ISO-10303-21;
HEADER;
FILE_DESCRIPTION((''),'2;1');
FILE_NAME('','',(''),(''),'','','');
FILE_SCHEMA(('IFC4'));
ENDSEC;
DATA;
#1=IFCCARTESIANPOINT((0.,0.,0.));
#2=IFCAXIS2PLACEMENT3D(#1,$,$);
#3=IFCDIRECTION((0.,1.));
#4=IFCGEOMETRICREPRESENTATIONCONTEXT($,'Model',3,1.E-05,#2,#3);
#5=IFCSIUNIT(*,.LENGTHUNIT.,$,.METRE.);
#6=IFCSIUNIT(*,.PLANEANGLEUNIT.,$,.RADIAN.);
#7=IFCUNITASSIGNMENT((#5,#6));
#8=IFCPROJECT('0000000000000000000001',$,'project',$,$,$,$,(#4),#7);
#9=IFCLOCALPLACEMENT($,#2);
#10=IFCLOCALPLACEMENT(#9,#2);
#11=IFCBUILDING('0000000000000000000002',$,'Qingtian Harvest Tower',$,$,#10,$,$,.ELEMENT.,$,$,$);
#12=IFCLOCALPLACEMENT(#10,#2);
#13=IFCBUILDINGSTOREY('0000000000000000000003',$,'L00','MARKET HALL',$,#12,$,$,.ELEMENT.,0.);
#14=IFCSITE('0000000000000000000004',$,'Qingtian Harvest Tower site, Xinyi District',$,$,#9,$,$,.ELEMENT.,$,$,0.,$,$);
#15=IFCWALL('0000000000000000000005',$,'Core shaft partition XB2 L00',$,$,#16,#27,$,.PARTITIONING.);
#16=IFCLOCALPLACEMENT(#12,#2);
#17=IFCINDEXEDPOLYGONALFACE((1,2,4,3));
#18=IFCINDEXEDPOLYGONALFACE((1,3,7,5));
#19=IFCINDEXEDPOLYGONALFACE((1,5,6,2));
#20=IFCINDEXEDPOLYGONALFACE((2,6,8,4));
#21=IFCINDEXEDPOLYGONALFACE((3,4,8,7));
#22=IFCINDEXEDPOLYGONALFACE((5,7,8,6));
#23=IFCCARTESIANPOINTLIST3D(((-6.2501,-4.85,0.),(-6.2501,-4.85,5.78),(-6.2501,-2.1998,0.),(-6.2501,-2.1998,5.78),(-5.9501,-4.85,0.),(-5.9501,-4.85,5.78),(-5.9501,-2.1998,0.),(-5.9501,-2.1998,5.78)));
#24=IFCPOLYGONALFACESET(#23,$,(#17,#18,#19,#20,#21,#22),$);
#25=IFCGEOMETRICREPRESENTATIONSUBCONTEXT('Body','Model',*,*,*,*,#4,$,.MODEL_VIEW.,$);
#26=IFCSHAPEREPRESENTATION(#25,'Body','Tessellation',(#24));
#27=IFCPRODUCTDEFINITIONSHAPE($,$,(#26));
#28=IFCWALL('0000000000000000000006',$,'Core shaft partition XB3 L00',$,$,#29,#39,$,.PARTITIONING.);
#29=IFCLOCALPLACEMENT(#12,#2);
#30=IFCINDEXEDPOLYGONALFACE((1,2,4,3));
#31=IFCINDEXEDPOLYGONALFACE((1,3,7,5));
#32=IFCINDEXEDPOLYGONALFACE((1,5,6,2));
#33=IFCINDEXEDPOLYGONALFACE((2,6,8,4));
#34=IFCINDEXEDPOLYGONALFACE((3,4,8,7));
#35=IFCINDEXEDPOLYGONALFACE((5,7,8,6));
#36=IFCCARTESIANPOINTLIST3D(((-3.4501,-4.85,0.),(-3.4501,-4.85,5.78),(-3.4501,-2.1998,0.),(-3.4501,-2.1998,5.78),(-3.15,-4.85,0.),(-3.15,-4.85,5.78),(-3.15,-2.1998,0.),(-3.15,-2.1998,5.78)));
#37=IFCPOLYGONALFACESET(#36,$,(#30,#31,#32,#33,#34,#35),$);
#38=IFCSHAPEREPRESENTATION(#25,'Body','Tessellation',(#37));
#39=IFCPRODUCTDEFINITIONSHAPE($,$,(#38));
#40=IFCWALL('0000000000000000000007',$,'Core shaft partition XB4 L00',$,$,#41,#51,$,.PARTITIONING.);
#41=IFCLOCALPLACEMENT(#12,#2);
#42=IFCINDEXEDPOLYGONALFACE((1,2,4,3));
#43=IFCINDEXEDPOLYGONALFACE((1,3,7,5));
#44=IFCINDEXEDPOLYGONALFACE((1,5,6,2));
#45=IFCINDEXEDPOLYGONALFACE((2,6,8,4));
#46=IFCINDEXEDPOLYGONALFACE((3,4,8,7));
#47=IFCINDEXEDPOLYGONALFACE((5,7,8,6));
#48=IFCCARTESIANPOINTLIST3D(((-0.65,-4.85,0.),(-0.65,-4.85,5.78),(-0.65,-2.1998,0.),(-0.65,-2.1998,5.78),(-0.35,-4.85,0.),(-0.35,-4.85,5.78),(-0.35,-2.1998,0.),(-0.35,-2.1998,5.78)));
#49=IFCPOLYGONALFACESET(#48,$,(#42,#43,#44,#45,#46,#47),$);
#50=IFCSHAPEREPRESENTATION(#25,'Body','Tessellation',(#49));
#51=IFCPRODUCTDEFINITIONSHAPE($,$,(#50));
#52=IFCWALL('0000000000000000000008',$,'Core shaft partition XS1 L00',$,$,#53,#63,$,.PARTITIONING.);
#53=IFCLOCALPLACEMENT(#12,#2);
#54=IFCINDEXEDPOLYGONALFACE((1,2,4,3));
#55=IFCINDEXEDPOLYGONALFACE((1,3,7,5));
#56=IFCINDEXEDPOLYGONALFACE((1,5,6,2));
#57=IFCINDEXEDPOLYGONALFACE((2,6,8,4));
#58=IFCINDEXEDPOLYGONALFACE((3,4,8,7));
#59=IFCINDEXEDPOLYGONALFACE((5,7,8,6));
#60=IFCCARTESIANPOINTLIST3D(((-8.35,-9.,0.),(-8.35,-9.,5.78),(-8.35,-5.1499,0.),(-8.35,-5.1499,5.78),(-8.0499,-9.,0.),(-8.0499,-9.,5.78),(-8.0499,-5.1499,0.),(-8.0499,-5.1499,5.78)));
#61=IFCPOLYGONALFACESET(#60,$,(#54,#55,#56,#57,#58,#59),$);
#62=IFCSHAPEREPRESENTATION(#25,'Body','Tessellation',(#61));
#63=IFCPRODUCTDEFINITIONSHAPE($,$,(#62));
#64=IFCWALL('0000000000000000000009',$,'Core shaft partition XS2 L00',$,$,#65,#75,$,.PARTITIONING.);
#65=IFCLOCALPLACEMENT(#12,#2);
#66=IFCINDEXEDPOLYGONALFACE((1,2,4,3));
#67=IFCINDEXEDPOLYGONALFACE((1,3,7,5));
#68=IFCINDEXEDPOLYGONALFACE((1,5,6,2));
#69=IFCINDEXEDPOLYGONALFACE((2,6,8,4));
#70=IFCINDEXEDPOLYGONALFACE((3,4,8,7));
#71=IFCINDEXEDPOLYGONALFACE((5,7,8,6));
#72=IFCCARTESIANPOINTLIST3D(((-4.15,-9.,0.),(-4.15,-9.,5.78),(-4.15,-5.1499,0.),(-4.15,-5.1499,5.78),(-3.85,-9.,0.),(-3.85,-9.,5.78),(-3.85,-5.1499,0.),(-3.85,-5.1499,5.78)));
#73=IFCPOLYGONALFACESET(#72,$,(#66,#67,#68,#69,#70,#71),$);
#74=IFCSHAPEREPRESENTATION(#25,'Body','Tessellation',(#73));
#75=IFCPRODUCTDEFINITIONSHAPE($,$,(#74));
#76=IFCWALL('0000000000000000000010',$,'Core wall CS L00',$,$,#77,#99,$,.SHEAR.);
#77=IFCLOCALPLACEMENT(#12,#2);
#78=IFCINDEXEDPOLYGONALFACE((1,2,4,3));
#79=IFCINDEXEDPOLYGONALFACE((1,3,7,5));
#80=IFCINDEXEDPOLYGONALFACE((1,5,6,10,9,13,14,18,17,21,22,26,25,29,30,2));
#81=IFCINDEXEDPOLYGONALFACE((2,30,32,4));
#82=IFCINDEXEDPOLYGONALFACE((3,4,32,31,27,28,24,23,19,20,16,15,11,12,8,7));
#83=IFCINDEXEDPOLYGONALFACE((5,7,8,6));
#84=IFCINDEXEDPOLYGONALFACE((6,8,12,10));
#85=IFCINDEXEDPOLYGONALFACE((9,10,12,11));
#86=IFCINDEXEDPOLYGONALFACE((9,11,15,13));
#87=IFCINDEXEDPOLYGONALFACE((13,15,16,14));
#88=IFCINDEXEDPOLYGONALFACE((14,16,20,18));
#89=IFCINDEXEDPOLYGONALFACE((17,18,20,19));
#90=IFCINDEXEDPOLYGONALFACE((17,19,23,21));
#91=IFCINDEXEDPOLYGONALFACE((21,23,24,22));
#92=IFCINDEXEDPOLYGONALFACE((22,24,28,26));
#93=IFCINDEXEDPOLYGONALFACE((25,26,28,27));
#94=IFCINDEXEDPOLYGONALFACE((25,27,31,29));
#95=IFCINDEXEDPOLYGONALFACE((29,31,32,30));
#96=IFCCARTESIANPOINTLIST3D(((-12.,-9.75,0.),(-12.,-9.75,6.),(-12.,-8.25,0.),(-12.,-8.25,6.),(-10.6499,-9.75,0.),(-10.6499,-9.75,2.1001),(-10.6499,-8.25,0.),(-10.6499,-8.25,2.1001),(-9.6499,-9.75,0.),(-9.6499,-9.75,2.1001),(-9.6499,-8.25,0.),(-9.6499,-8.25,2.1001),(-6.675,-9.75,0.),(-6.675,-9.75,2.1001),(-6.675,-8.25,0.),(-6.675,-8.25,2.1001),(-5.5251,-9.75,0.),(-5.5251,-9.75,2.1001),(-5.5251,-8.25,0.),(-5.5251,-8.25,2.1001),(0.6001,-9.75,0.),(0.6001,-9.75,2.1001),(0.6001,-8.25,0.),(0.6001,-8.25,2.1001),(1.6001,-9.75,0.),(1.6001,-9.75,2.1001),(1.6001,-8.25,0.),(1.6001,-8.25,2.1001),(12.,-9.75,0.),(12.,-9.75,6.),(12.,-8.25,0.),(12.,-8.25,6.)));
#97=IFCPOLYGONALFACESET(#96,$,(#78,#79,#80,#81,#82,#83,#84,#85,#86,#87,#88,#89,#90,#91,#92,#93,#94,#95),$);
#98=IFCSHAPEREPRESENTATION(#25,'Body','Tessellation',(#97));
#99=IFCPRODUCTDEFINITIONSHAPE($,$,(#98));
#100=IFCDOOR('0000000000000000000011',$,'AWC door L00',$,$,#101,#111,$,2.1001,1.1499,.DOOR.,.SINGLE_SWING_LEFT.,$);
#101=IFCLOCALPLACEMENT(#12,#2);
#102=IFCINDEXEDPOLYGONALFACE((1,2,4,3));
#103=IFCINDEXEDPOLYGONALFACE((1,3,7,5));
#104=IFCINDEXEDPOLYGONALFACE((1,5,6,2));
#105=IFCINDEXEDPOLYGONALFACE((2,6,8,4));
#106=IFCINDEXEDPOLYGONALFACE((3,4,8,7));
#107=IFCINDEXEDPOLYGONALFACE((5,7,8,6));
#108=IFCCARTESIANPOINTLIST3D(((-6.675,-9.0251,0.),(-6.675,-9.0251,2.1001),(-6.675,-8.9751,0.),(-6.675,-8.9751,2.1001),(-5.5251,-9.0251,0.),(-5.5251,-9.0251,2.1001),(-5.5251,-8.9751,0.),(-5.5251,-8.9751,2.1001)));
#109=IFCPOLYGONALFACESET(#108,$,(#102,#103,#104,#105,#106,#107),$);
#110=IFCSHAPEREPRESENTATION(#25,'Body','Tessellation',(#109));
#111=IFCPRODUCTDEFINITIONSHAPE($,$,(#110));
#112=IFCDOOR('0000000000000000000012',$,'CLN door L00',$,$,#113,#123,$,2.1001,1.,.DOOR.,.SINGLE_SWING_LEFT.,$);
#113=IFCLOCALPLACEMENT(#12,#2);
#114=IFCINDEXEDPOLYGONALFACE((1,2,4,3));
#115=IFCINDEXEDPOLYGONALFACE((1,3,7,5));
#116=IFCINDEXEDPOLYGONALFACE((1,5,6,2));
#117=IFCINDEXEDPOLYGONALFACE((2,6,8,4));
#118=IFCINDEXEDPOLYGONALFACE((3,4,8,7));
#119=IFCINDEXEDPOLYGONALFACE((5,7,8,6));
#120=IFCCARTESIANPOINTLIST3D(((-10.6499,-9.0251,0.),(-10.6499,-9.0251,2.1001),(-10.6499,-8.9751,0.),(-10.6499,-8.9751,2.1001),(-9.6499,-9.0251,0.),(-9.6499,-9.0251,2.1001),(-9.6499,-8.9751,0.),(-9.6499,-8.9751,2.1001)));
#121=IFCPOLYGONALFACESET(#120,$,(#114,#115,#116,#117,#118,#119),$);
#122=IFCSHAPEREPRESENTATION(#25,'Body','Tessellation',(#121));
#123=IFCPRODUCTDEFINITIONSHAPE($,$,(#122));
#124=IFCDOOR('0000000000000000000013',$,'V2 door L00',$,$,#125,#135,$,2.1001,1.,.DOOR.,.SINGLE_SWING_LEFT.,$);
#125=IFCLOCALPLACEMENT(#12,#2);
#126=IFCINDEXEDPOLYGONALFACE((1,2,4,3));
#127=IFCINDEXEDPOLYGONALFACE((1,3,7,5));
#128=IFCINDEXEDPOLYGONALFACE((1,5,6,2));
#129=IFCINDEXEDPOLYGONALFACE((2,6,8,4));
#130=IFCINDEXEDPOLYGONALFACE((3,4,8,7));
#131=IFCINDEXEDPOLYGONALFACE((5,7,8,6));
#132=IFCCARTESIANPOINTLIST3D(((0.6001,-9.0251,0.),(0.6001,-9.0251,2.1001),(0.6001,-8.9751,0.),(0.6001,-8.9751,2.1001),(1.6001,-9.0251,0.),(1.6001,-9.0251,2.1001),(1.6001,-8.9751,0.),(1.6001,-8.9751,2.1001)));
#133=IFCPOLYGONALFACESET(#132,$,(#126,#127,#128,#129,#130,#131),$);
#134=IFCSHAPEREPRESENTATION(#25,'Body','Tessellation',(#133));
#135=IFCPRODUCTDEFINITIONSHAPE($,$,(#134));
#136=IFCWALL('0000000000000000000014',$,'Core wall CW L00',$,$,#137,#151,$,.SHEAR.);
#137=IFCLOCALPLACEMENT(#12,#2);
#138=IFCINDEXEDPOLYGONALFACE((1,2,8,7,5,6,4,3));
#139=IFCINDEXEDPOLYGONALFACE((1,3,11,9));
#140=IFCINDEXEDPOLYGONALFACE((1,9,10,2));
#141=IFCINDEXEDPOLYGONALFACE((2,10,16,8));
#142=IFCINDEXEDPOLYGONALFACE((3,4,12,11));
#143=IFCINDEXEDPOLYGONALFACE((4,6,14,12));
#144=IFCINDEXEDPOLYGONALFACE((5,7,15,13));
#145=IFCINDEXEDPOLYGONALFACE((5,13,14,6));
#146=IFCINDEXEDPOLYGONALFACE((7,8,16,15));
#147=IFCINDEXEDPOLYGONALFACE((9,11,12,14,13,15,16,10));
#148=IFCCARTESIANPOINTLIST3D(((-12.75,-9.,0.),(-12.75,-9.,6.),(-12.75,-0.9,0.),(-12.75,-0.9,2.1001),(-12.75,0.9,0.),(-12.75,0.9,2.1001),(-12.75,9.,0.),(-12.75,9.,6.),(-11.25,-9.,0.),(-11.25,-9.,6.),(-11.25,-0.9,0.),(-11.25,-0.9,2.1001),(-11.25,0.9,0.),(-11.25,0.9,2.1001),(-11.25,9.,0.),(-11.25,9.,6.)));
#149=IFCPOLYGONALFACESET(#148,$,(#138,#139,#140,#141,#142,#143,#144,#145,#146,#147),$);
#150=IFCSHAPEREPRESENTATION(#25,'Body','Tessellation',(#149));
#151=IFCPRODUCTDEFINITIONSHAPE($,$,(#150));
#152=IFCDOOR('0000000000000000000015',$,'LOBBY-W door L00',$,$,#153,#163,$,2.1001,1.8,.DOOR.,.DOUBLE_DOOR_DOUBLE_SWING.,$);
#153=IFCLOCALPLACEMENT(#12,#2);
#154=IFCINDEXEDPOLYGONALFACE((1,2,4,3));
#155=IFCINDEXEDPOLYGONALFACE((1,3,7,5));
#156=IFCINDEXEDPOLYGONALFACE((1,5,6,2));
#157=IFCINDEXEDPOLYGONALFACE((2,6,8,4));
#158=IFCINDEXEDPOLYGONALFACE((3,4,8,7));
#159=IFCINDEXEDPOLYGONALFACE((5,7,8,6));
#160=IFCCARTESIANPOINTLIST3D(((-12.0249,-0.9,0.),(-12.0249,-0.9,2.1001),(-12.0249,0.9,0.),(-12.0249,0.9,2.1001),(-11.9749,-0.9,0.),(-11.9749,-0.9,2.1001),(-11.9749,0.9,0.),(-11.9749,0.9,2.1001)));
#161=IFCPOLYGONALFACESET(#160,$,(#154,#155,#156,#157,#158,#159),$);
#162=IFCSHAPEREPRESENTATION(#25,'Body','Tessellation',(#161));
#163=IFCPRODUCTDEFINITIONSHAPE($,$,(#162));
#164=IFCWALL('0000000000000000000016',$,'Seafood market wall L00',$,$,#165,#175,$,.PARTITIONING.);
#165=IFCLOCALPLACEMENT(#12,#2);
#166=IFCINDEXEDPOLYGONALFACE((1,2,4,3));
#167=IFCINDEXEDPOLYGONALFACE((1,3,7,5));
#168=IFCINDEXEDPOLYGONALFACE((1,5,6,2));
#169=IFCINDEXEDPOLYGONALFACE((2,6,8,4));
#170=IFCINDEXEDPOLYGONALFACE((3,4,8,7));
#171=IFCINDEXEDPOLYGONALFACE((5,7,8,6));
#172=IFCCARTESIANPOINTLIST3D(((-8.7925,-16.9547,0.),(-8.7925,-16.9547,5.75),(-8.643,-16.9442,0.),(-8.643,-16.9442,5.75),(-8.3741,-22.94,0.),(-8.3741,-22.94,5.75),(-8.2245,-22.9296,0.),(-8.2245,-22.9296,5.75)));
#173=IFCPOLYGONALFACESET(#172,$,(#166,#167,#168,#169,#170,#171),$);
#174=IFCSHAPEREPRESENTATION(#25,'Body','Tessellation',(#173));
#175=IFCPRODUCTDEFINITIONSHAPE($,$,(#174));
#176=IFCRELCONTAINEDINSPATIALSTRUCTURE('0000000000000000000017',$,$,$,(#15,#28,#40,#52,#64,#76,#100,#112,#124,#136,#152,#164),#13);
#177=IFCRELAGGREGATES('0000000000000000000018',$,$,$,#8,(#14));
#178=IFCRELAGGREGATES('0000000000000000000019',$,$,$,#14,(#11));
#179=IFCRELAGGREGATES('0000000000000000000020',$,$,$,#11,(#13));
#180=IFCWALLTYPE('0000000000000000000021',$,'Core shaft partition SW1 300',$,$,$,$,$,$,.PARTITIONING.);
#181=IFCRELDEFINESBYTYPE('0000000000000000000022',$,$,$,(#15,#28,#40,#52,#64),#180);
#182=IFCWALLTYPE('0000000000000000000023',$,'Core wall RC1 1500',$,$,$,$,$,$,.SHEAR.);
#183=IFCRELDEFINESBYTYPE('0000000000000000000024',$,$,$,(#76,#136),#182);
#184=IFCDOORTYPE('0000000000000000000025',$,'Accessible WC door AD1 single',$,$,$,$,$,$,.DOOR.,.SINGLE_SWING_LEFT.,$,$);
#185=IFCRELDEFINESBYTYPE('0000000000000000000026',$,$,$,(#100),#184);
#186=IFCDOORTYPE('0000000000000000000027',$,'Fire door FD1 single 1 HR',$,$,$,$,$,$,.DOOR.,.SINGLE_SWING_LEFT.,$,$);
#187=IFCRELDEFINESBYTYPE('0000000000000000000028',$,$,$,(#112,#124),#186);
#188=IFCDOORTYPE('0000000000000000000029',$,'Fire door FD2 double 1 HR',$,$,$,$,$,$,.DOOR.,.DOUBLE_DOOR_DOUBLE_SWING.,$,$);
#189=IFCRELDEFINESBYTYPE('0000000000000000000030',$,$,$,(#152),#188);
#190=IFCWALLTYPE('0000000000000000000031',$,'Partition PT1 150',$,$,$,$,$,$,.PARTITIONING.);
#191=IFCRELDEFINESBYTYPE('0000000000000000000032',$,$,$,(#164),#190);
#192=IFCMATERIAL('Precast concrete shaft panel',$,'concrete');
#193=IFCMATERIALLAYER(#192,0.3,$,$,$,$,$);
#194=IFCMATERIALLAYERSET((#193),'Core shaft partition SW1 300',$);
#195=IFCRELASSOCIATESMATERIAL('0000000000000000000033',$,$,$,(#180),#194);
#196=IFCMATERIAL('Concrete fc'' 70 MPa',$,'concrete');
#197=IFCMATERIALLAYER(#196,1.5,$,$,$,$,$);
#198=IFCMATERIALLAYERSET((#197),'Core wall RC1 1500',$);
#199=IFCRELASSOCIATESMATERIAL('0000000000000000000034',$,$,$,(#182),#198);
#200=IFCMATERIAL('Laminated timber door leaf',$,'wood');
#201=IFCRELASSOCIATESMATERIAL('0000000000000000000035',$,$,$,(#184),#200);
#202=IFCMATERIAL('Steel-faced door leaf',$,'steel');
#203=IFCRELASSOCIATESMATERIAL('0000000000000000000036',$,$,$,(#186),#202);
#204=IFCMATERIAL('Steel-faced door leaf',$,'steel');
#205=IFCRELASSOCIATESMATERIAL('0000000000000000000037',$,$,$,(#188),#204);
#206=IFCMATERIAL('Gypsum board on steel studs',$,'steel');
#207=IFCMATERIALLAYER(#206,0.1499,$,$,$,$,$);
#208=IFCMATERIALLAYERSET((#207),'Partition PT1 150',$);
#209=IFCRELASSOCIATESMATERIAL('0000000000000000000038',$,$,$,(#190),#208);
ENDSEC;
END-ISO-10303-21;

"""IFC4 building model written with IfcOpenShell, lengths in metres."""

from ifc_helpers import new_model, si_unit, direction, frame, frame_2d, origin, place, context, subcontext, project, spatial, rectangle, extrude, material, layer, layer_set, type_object, element, fill, save


model = new_model("IFC4")

# Units and contexts
model_context = context("Model", 3, precision=1e-05, world=origin(), true_north=direction((0.0, 1.0)))
body_context = subcontext(model_context, "Body", "Model", "MODEL_VIEW")
ifc_project = project(units=[si_unit("LENGTHUNIT", "METRE"), si_unit("PLANEANGLEUNIT", "RADIAN")], contexts=[model_context])

# Site, building, storey
site_placement = place(None, origin())
site = spatial("IfcSite", under=ifc_project, at=site_placement, Name="Qingtian Harvest Tower site, Xinyi District", CompositionType="ELEMENT", RefElevation=0.0)
building_placement = place(site_placement, origin())
building = spatial("IfcBuilding", under=site, at=building_placement, Name="Qingtian Harvest Tower", CompositionType="ELEMENT")
storey_placement = place(building_placement, origin())
storey = spatial("IfcBuildingStorey", under=building, at=storey_placement, Name="L00", Description="MARKET HALL", CompositionType="ELEMENT", Elevation=0.0)

# Walls
ifc_material_1 = material(Name="Precast concrete shaft panel", Category="concrete")
ifc_layer_1 = layer(ifc_material_1, 0.3)
ifc_layer_set_1 = layer_set([ifc_layer_1], Name="Core shaft partition SW1 300")
wall_type_1 = type_object("IfcWallType", Name="Core shaft partition SW1 300", PredefinedType="PARTITIONING", material=ifc_layer_set_1)
for number, where, z_axis, x_axis, name in (
    (1, (-6.1001, -4.8501, 0.0), (0.0, 0.0, 1.0), (0.0, 1.0, 0.0), "Core shaft partition XB2 L00"),
    (2, (-3.3, -4.8501, 0.0), (0.0, 0.0, 1.0), (0.0, 1.0, 0.0), "Core shaft partition XB3 L00"),
    (3, (-0.5, -4.8501, 0.0), (0.0, 0.0, 1.0), (0.0, 1.0, 0.0), "Core shaft partition XB4 L00"),
):
    element("IfcWall", number, at=place(storey_placement, frame(where, z_axis=z_axis, x_axis=x_axis)), inside=storey, type_object=wall_type_1, Name=name, PredefinedType="PARTITIONING", context=body_context, shape_type="SweptSolid", body=[
        extrude(rectangle(XDim=2.6501, YDim=0.3, at=frame_2d((1.3252, 0.0))), origin(), (0.0, 0.0, 1.0), 5.78),
    ])
for number, where, z_axis, x_axis, name in (
    (4, (-8.2, -9.0, 0.0), (0.0, 0.0, 1.0), (0.0, 1.0, 0.0), "Core shaft partition XS1 L00"),
    (5, (-4.0, -9.0, 0.0), (0.0, 0.0, 1.0), (0.0, 1.0, 0.0), "Core shaft partition XS2 L00"),
):
    element("IfcWall", number, at=place(storey_placement, frame(where, z_axis=z_axis, x_axis=x_axis)), inside=storey, type_object=wall_type_1, Name=name, PredefinedType="PARTITIONING", context=body_context, shape_type="SweptSolid", body=[
        extrude(rectangle(XDim=3.8501, YDim=0.3, at=frame_2d((1.925, 0.0))), origin(), (0.0, 0.0, 1.0), 5.78),
    ])

# Wall, openings, doors
ifc_material_2 = material(Name="Concrete fc' 70 MPa", Category="concrete")
ifc_layer_2 = layer(ifc_material_2, 1.5)
ifc_layer_set_2 = layer_set([ifc_layer_2], Name="Core wall RC1 1500")
wall_type_2 = type_object("IfcWallType", Name="Core wall RC1 1500", PredefinedType="SHEAR", material=ifc_layer_set_2)
wall_1_placement = place(storey_placement, frame((-12.0, -9.0, 0.0), z_axis=(0.0, 0.0, 1.0), x_axis=(1.0, 0.0, 0.0)))
wall_1 = element("IfcWall", 6, at=wall_1_placement, inside=storey, type_object=wall_type_2, Name="Core wall CS L00", PredefinedType="SHEAR", context=body_context, shape_type="SweptSolid", body=[
    extrude(rectangle(XDim=24.0, YDim=1.5, at=frame_2d((12.0, 0.0))), origin(), (0.0, 0.0, 1.0), 6.0),
])
opening_1_placement = place(wall_1_placement, frame((1.3501, 0.0, 0.0)))
opening_1 = element("IfcOpeningElement", 7, at=opening_1_placement, cuts=wall_1, PredefinedType="OPENING", context=body_context, shape_type="SweptSolid", body=[
    extrude(rectangle(XDim=1.0, YDim=2.1001, at=frame_2d((0.5, 1.05))), frame((0.0, 0.76, 0.0), z_axis=(0.0, -1.0, 0.0), x_axis=(1.0, 0.0, 0.0)), (0.0, 0.0, 1.0), 1.52),
])
opening_2_placement = place(wall_1_placement, frame((5.325, 0.0, 0.0)))
opening_2 = element("IfcOpeningElement", 8, at=opening_2_placement, cuts=wall_1, PredefinedType="OPENING", context=body_context, shape_type="SweptSolid", body=[
    extrude(rectangle(XDim=1.1499, YDim=2.1001, at=frame_2d((0.575, 1.05))), frame((0.0, 0.76, 0.0), z_axis=(0.0, -1.0, 0.0), x_axis=(1.0, 0.0, 0.0)), (0.0, 0.0, 1.0), 1.52),
])
opening_3_placement = place(wall_1_placement, frame((12.6001, 0.0, 0.0)))
opening_3 = element("IfcOpeningElement", 9, at=opening_3_placement, cuts=wall_1, PredefinedType="OPENING", context=body_context, shape_type="SweptSolid", body=[
    extrude(rectangle(XDim=1.0, YDim=2.1001, at=frame_2d((0.5, 1.05))), frame((0.0, 0.76, 0.0), z_axis=(0.0, -1.0, 0.0), x_axis=(1.0, 0.0, 0.0)), (0.0, 0.0, 1.0), 1.52),
])
ifc_material_3 = material(Name="Laminated timber door leaf", Category="wood")
door_type_1 = type_object("IfcDoorType", Name="Accessible WC door AD1 single", OperationType="SINGLE_SWING_LEFT", PredefinedType="DOOR", material=ifc_material_3)
door_1_placement = place(opening_2_placement, origin())
door_1 = element("IfcDoor", 10, at=door_1_placement, inside=storey, type_object=door_type_1, Name="AWC door L00", OperationType="SINGLE_SWING_LEFT", OverallHeight=2.1001, OverallWidth=1.1499, PredefinedType="DOOR", context=body_context, shape_type="SweptSolid", body=[
    extrude(rectangle(XDim=1.1499, YDim=2.1001, at=frame_2d((0.575, 1.05))), frame((0.0, 0.0249, 0.0), z_axis=(0.0, -1.0, 0.0), x_axis=(1.0, 0.0, 0.0)), (0.0, 0.0, 1.0), 0.05),
])
fill(opening_2, door_1)
ifc_material_4 = material(Name="Steel-faced door leaf", Category="steel")
door_type_2 = type_object("IfcDoorType", Name="Fire door FD1 single 1 HR", OperationType="SINGLE_SWING_LEFT", PredefinedType="DOOR", material=ifc_material_4)
door_2_placement = place(opening_1_placement, origin())
door_2 = element("IfcDoor", 11, at=door_2_placement, inside=storey, type_object=door_type_2, Name="CLN door L00", OperationType="SINGLE_SWING_LEFT", OverallHeight=2.1001, OverallWidth=1.0, PredefinedType="DOOR", context=body_context, shape_type="SweptSolid", body=[
    extrude(rectangle(XDim=1.0, YDim=2.1001, at=frame_2d((0.5, 1.05))), frame((0.0, 0.0249, 0.0), z_axis=(0.0, -1.0, 0.0), x_axis=(1.0, 0.0, 0.0)), (0.0, 0.0, 1.0), 0.05),
])
fill(opening_1, door_2)
door_3_placement = place(opening_3_placement, origin())
door_3 = element("IfcDoor", 12, at=door_3_placement, inside=storey, type_object=door_type_2, Name="V2 door L00", OperationType="SINGLE_SWING_LEFT", OverallHeight=2.1001, OverallWidth=1.0, PredefinedType="DOOR", context=body_context, shape_type="SweptSolid", body=[
    extrude(rectangle(XDim=1.0, YDim=2.1001, at=frame_2d((0.5, 1.05))), frame((0.0, 0.0249, 0.0), z_axis=(0.0, -1.0, 0.0), x_axis=(1.0, 0.0, 0.0)), (0.0, 0.0, 1.0), 0.05),
])
fill(opening_3, door_3)

# Wall, opening, door
wall_2_placement = place(storey_placement, frame((-12.0, -9.0, 0.0), z_axis=(0.0, 0.0, 1.0), x_axis=(0.0, 1.0, 0.0)))
wall_2 = element("IfcWall", 13, at=wall_2_placement, inside=storey, type_object=wall_type_2, Name="Core wall CW L00", PredefinedType="SHEAR", context=body_context, shape_type="SweptSolid", body=[
    extrude(rectangle(XDim=18.0, YDim=1.5, at=frame_2d((9.0, 0.0))), origin(), (0.0, 0.0, 1.0), 6.0),
])
opening_4_placement = place(wall_2_placement, frame((8.1001, 0.0, 0.0)))
opening_4 = element("IfcOpeningElement", 14, at=opening_4_placement, cuts=wall_2, PredefinedType="OPENING", context=body_context, shape_type="SweptSolid", body=[
    extrude(rectangle(XDim=1.8, YDim=2.1001, at=frame_2d((0.8999, 1.05))), frame((0.0, 0.76, 0.0), z_axis=(0.0, -1.0, 0.0), x_axis=(1.0, 0.0, 0.0)), (0.0, 0.0, 1.0), 1.52),
])
ifc_material_5 = material(Name="Steel-faced door leaf", Category="steel")
door_type_3 = type_object("IfcDoorType", Name="Fire door FD2 double 1 HR", OperationType="DOUBLE_DOOR_DOUBLE_SWING", PredefinedType="DOOR", material=ifc_material_5)
door_4_placement = place(opening_4_placement, origin())
door_4 = element("IfcDoor", 15, at=door_4_placement, inside=storey, type_object=door_type_3, Name="LOBBY-W door L00", OperationType="DOUBLE_DOOR_DOUBLE_SWING", OverallHeight=2.1001, OverallWidth=1.8, PredefinedType="DOOR", context=body_context, shape_type="SweptSolid", body=[
    extrude(rectangle(XDim=1.8, YDim=2.1001, at=frame_2d((0.8999, 1.05))), frame((0.0, 0.0249, 0.0), z_axis=(0.0, -1.0, 0.0), x_axis=(1.0, 0.0, 0.0)), (0.0, 0.0, 1.0), 0.05),
])
fill(opening_4, door_4)

# Wall
ifc_material_6 = material(Name="Gypsum board on steel studs", Category="steel")
ifc_layer_3 = layer(ifc_material_6, 0.1499)
ifc_layer_set_3 = layer_set([ifc_layer_3], Name="Partition PT1 150")
wall_type_3 = type_object("IfcWallType", Name="Partition PT1 150", PredefinedType="PARTITIONING", material=ifc_layer_set_3)
wall_3_placement = place(storey_placement, frame((-8.2993, -22.9348, 0.0), z_axis=(0.0, 0.0, 1.0), x_axis=(-0.069743, 0.997565, 0.0)))
element("IfcWall", 16, at=wall_3_placement, inside=storey, type_object=wall_type_3, Name="Seafood market wall L00", PredefinedType="PARTITIONING", context=body_context, shape_type="SweptSolid", body=[
    extrude(rectangle(XDim=6.0, YDim=0.1499, at=frame_2d((3.0, 0.0))), origin(), (0.0, 0.0, 1.0), 5.75),
])

save(model, "model.ifc")
